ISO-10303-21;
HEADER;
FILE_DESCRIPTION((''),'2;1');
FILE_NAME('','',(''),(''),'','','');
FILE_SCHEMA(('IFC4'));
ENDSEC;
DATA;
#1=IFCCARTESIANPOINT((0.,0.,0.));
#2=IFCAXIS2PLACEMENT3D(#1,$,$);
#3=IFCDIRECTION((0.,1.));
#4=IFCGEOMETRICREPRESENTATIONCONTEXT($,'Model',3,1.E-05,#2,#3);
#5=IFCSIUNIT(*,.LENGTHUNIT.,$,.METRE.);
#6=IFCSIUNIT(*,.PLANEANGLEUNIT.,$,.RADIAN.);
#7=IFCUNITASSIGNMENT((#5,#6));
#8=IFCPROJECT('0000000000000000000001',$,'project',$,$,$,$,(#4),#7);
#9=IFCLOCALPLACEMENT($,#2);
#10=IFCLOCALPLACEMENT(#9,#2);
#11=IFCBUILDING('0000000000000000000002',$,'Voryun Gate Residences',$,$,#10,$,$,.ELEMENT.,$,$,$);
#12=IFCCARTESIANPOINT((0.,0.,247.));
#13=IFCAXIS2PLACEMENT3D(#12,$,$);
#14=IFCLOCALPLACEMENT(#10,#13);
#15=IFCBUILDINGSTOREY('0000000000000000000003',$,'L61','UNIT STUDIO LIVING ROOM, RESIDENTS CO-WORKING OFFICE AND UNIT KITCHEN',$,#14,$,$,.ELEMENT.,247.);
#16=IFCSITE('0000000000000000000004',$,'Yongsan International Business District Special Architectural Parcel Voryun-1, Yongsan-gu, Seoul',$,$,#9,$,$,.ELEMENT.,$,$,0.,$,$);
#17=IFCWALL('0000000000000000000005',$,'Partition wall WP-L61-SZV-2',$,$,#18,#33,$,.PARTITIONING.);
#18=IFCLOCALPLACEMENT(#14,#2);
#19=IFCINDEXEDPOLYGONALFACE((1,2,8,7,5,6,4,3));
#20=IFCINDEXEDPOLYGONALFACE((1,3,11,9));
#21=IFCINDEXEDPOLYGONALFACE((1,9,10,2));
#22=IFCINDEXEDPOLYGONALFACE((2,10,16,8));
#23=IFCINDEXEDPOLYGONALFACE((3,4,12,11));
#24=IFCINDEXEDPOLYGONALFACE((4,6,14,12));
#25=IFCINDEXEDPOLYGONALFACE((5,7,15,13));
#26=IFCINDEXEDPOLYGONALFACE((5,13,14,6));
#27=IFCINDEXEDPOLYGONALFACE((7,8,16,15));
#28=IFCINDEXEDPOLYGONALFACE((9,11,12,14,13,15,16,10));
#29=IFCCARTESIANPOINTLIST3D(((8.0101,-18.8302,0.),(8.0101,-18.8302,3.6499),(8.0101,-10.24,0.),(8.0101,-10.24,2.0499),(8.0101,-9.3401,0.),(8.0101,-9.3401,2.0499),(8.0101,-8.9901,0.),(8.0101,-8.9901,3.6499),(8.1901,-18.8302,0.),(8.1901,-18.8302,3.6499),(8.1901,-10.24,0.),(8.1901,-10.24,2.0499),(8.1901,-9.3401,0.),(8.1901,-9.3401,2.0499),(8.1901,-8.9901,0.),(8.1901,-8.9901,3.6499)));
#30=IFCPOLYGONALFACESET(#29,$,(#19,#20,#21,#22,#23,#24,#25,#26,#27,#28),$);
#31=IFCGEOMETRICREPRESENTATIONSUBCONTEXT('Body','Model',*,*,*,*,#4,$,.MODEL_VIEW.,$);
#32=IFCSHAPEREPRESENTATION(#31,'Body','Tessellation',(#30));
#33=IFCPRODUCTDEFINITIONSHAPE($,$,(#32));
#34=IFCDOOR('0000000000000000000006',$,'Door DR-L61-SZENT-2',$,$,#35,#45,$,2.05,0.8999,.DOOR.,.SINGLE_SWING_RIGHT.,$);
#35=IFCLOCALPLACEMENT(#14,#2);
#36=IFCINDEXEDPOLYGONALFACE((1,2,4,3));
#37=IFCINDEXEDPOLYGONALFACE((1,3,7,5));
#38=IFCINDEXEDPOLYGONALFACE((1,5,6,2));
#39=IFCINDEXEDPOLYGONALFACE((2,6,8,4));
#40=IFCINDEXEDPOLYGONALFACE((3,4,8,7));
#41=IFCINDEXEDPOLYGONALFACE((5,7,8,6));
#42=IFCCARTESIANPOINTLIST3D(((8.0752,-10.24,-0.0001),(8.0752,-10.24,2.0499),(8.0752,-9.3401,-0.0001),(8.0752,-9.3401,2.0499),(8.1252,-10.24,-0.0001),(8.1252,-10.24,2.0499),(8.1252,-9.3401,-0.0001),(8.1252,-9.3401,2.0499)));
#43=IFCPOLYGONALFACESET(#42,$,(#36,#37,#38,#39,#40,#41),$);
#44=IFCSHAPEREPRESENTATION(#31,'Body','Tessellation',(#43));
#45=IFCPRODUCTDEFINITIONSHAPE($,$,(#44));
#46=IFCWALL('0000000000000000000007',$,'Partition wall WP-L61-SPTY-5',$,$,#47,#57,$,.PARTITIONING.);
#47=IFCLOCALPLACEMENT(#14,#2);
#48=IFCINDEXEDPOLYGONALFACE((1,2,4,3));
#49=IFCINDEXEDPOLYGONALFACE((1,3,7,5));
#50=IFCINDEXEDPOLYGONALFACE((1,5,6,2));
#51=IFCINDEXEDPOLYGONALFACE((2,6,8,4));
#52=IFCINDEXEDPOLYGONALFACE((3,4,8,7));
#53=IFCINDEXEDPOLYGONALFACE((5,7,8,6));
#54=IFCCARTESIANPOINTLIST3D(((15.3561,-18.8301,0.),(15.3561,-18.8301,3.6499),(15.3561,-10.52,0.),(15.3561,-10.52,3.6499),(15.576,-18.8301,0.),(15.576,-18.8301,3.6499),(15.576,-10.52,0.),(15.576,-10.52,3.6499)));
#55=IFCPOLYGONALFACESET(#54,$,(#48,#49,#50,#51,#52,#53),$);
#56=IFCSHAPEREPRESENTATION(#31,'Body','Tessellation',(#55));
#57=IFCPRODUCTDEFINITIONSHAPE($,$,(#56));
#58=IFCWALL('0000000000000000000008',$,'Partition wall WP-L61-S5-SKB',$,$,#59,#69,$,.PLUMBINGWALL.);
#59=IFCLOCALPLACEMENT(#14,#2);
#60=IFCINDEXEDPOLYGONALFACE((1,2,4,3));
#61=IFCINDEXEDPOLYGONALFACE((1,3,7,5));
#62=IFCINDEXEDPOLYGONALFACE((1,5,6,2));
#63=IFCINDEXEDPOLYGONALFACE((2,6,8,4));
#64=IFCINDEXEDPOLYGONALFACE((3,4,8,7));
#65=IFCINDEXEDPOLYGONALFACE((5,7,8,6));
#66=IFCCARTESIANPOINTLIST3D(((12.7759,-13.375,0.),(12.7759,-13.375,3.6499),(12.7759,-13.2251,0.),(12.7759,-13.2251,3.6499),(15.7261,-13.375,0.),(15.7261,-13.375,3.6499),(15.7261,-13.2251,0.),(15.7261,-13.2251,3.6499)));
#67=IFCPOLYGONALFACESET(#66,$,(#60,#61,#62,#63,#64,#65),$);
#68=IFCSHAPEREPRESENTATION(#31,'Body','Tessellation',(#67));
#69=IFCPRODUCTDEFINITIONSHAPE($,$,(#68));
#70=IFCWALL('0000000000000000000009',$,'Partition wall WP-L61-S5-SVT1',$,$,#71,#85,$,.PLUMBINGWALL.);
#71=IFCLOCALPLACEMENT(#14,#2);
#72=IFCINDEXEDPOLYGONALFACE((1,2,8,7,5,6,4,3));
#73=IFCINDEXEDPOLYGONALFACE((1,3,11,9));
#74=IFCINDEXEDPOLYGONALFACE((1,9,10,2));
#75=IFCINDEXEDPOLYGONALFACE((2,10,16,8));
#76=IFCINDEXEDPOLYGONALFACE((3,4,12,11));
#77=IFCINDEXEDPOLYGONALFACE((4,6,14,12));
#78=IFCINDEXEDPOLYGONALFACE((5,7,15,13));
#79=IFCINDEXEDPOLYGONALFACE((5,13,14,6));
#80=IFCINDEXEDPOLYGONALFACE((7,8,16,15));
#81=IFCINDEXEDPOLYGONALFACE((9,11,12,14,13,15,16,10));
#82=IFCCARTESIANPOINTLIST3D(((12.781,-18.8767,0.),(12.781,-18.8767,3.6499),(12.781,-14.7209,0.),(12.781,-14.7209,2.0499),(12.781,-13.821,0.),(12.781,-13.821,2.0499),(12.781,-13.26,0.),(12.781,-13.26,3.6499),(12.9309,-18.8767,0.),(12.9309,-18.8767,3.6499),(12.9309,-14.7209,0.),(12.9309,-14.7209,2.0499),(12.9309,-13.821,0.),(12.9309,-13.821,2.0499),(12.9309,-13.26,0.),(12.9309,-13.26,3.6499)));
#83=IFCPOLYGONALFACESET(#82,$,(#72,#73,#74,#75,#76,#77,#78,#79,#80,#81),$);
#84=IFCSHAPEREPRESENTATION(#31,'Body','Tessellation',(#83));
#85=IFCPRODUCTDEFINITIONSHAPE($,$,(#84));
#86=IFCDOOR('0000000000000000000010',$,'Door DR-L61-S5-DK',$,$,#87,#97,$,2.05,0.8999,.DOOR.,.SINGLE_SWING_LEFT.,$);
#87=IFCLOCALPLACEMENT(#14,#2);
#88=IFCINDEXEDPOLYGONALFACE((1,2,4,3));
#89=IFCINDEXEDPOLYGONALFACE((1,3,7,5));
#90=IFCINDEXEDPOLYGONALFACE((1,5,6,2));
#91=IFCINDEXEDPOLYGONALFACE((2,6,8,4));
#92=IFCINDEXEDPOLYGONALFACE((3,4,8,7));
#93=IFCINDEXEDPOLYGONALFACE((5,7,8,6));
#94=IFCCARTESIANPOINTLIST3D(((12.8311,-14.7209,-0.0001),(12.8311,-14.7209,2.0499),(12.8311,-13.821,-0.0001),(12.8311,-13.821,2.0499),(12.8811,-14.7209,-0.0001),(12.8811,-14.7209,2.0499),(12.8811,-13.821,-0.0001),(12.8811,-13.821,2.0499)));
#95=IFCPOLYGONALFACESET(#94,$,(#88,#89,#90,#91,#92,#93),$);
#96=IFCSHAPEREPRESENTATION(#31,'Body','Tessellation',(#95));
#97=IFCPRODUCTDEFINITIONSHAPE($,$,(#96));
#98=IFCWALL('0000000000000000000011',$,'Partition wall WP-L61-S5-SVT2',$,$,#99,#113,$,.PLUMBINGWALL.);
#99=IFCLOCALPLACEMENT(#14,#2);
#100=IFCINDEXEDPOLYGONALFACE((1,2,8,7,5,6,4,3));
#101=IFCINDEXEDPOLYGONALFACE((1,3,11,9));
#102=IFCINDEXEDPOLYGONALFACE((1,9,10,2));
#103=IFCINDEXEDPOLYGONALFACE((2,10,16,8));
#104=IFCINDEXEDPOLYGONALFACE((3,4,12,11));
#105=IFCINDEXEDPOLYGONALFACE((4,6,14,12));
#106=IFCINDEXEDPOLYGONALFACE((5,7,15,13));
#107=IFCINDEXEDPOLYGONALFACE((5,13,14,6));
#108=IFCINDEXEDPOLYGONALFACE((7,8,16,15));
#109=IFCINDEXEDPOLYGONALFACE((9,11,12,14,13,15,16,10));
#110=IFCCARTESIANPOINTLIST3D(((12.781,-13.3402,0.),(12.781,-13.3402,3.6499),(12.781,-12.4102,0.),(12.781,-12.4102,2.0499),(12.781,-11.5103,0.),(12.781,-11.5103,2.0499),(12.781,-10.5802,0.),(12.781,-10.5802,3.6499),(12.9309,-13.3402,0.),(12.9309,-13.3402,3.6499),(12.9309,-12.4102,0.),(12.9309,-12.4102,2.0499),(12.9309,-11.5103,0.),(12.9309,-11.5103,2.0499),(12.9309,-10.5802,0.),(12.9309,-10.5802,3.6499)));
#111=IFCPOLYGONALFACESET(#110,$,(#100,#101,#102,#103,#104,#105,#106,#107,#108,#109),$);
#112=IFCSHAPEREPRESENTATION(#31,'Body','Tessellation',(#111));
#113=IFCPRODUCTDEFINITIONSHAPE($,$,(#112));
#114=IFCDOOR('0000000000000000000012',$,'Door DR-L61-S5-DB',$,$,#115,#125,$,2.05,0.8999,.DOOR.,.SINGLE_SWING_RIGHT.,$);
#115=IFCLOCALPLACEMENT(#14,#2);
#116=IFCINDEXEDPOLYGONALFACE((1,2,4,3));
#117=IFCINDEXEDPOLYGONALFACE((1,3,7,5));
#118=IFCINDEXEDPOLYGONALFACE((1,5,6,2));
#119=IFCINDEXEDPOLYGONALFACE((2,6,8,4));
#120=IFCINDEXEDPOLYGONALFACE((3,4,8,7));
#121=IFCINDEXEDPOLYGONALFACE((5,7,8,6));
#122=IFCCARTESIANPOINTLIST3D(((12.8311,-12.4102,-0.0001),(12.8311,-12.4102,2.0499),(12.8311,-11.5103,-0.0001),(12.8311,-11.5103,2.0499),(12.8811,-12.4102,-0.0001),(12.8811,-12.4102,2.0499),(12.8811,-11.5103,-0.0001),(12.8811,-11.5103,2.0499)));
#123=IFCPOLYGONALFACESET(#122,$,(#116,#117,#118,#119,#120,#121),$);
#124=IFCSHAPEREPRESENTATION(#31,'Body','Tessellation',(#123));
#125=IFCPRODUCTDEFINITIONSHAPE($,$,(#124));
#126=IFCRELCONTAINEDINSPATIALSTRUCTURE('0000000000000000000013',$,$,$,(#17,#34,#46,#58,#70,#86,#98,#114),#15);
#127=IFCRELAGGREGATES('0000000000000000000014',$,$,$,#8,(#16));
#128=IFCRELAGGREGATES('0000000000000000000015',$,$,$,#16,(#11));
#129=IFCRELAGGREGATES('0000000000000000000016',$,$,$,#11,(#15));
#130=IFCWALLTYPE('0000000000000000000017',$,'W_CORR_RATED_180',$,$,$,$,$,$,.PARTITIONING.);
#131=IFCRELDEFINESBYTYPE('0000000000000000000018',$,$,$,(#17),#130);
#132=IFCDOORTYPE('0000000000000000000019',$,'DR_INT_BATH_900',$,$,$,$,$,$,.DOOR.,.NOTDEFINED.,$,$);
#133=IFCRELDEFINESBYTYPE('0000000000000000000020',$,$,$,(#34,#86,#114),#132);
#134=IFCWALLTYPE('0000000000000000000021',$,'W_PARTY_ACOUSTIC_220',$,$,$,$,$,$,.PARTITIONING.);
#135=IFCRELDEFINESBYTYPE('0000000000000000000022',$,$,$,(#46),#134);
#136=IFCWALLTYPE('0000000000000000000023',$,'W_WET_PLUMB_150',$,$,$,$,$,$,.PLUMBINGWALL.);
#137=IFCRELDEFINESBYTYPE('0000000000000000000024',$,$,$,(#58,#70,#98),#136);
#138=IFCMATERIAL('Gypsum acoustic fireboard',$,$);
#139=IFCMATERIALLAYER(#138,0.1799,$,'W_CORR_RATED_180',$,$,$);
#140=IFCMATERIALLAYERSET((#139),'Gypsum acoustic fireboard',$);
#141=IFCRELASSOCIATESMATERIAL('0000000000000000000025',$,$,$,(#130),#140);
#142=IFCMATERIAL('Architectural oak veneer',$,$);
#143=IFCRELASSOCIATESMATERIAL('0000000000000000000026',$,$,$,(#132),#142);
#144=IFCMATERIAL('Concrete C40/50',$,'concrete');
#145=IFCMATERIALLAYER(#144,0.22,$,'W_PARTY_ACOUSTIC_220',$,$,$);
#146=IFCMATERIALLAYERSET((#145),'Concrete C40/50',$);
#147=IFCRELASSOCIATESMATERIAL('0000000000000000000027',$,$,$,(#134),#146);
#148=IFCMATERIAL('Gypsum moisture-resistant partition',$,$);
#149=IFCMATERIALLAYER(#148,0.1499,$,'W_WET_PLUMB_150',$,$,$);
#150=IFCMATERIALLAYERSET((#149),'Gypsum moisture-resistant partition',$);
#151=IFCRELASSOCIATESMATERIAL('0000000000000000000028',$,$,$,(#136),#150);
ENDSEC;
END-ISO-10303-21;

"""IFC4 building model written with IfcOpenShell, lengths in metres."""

from ifc_helpers import new_model, si_unit, direction, frame, frame_2d, origin, place, context, subcontext, project, spatial, rectangle, extrude, material, layer, layer_set, type_object, element, fill, save


model = new_model("IFC4")

# Units and contexts
model_context = context("Model", 3, precision=1e-05, world=origin(), true_north=direction((0.0, 1.0)))
body_context = subcontext(model_context, "Body", "Model", "MODEL_VIEW")
ifc_project = project(units=[si_unit("LENGTHUNIT", "METRE"), si_unit("PLANEANGLEUNIT", "RADIAN")], contexts=[model_context])

# Site, building, storey
site_placement = place(None, origin())
site = spatial("IfcSite", under=ifc_project, at=site_placement, Name="Yongsan International Business District Special Architectural Parcel Voryun-1, Yongsan-gu, Seoul", CompositionType="ELEMENT", RefElevation=0.0)
building_placement = place(site_placement, origin())
building = spatial("IfcBuilding", under=site, at=building_placement, Name="Voryun Gate Residences", CompositionType="ELEMENT")
storey_placement = place(building_placement, frame((0.0, 0.0, 247.0)))
storey = spatial("IfcBuildingStorey", under=building, at=storey_placement, Name="L61", Description="UNIT STUDIO LIVING ROOM, RESIDENTS CO-WORKING OFFICE AND UNIT KITCHEN", CompositionType="ELEMENT", Elevation=247.0)

# Shared definitions
ifc_material_1 = material(Name="Gypsum acoustic fireboard")
ifc_layer_1 = layer(ifc_material_1, 0.1799, Name="W_CORR_RATED_180")
ifc_layer_set_1 = layer_set([ifc_layer_1], Name="Gypsum acoustic fireboard")
wall_type_1 = type_object("IfcWallType", Name="W_CORR_RATED_180", PredefinedType="PARTITIONING", material=ifc_layer_set_1)

# Shared definitions
ifc_material_2 = material(Name="Architectural oak veneer")
door_type_1 = type_object("IfcDoorType", Name="DR_INT_BATH_900", OperationType="NOTDEFINED", PredefinedType="DOOR", material=ifc_material_2)

# Wall, opening, door
wall_1_placement = place(storey_placement, frame((8.1001, -18.8301, 0.0), z_axis=(0.0, 0.0, 1.0), x_axis=(0.0, 1.0, 0.0)))
wall_1 = element("IfcWall", 1, at=wall_1_placement, inside=storey, type_object=wall_type_1, Name="Partition wall WP-L61-SZV-2", PredefinedType="PARTITIONING", context=body_context, shape_type="SweptSolid", body=[
    extrude(rectangle(XDim=9.8401, YDim=0.1799, at=frame_2d((4.9199, 0.0))), origin(), (0.0, 0.0, 1.0), 3.6499),
])
opening_1_placement = place(wall_1_placement, frame((8.5901, 0.0, 0.0)))
opening_1 = element("IfcOpeningElement", 2, at=opening_1_placement, cuts=wall_1, PredefinedType="OPENING", context=body_context, shape_type="SweptSolid", body=[
    extrude(rectangle(XDim=0.8999, YDim=2.05, at=frame_2d((0.45, 1.0249))), frame((0.0, 0.0999, 0.0), z_axis=(0.0, -1.0, 0.0), x_axis=(1.0, 0.0, 0.0)), (0.0, 0.0, 1.0), 0.2),
])
door_1_placement = place(opening_1_placement, origin())
door_1 = element("IfcDoor", 3, at=door_1_placement, inside=storey, type_object=door_type_1, Name="Door DR-L61-SZENT-2", OperationType="SINGLE_SWING_RIGHT", OverallHeight=2.05, OverallWidth=0.8999, PredefinedType="DOOR", context=body_context, shape_type="SweptSolid", body=[
    extrude(rectangle(XDim=0.8999, YDim=2.05, at=frame_2d((0.45, 1.0249))), frame((0.0, 0.0249, 0.0), z_axis=(0.0, -1.0, 0.0), x_axis=(1.0, 0.0, 0.0)), (0.0, 0.0, 1.0), 0.05),
])
fill(opening_1, door_1)

# Walls
ifc_material_3 = material(Name="Concrete C40/50", Category="concrete")
ifc_layer_2 = layer(ifc_material_3, 0.22, Name="W_PARTY_ACOUSTIC_220")
ifc_layer_set_2 = layer_set([ifc_layer_2], Name="Concrete C40/50")
wall_type_2 = type_object("IfcWallType", Name="W_PARTY_ACOUSTIC_220", PredefinedType="PARTITIONING", material=ifc_layer_set_2)
wall_2_placement = place(storey_placement, frame((15.4661, -18.8301, 0.0), z_axis=(0.0, 0.0, 1.0), x_axis=(0.0, 1.0, 0.0)))
element("IfcWall", 4, at=wall_2_placement, inside=storey, type_object=wall_type_2, Name="Partition wall WP-L61-SPTY-5", PredefinedType="PARTITIONING", context=body_context, shape_type="SweptSolid", body=[
    extrude(rectangle(XDim=8.3101, YDim=0.22, at=frame_2d((4.155, 0.0))), origin(), (0.0, 0.0, 1.0), 3.6499),
])
ifc_material_4 = material(Name="Gypsum moisture-resistant partition")
ifc_layer_3 = layer(ifc_material_4, 0.1499, Name="W_WET_PLUMB_150")
ifc_layer_set_3 = layer_set([ifc_layer_3], Name="Gypsum moisture-resistant partition")
wall_type_3 = type_object("IfcWallType", Name="W_WET_PLUMB_150", PredefinedType="PLUMBINGWALL", material=ifc_layer_set_3)
wall_3_placement = place(storey_placement, frame((12.7759, -13.3, 0.0), z_axis=(0.0, 0.0, 1.0), x_axis=(1.0, 0.0, 0.0)))
element("IfcWall", 5, at=wall_3_placement, inside=storey, type_object=wall_type_3, Name="Partition wall WP-L61-S5-SKB", PredefinedType="PLUMBINGWALL", context=body_context, shape_type="SweptSolid", body=[
    extrude(rectangle(XDim=2.9502, YDim=0.1499, at=frame_2d((1.4751, 0.0))), origin(), (0.0, 0.0, 1.0), 3.6499),
])

# Walls, openings, doors
wall_4_placement = place(storey_placement, frame((12.856, -18.8767, 0.0), z_axis=(0.0, 0.0, 1.0), x_axis=(0.0, 1.0, 0.0)))
wall_4 = element("IfcWall", 6, at=wall_4_placement, inside=storey, type_object=wall_type_3, Name="Partition wall WP-L61-S5-SVT1", PredefinedType="PLUMBINGWALL", context=body_context, shape_type="SweptSolid", body=[
    extrude(rectangle(XDim=5.6167, YDim=0.1499, at=frame_2d((2.8083, 0.0))), origin(), (0.0, 0.0, 1.0), 3.6499),
])
opening_2_placement = place(wall_4_placement, frame((4.1558, 0.0, 0.0)))
opening_2 = element("IfcOpeningElement", 7, at=opening_2_placement, cuts=wall_4, PredefinedType="OPENING", context=body_context, shape_type="SweptSolid", body=[
    extrude(rectangle(XDim=0.8999, YDim=2.05, at=frame_2d((0.45, 1.0249))), frame((0.0, 0.085, 0.0), z_axis=(0.0, -1.0, 0.0), x_axis=(1.0, 0.0, 0.0)), (0.0, 0.0, 1.0), 0.1699),
])
door_2_placement = place(opening_2_placement, origin())
door_2 = element("IfcDoor", 8, at=door_2_placement, inside=storey, type_object=door_type_1, Name="Door DR-L61-S5-DK", OperationType="SINGLE_SWING_LEFT", OverallHeight=2.05, OverallWidth=0.8999, PredefinedType="DOOR", context=body_context, shape_type="SweptSolid", body=[
    extrude(rectangle(XDim=0.8999, YDim=2.05, at=frame_2d((0.45, 1.0249))), frame((0.0, 0.0249, 0.0), z_axis=(0.0, -1.0, 0.0), x_axis=(1.0, 0.0, 0.0)), (0.0, 0.0, 1.0), 0.05),
])
fill(opening_2, door_2)
wall_5_placement = place(storey_placement, frame((12.856, -13.3401, 0.0), z_axis=(0.0, 0.0, 1.0), x_axis=(0.0, 1.0, 0.0)))
wall_5 = element("IfcWall", 9, at=wall_5_placement, inside=storey, type_object=wall_type_3, Name="Partition wall WP-L61-S5-SVT2", PredefinedType="PLUMBINGWALL", context=body_context, shape_type="SweptSolid", body=[
    extrude(rectangle(XDim=2.76, YDim=0.1499, at=frame_2d((1.3799, 0.0))), origin(), (0.0, 0.0, 1.0), 3.6499),
])
opening_3_placement = place(wall_5_placement, frame((0.9299, 0.0, 0.0)))
opening_3 = element("IfcOpeningElement", 10, at=opening_3_placement, cuts=wall_5, PredefinedType="OPENING", context=body_context, shape_type="SweptSolid", body=[
    extrude(rectangle(XDim=0.8999, YDim=2.05, at=frame_2d((0.45, 1.0249))), frame((0.0, 0.085, 0.0), z_axis=(0.0, -1.0, 0.0), x_axis=(1.0, 0.0, 0.0)), (0.0, 0.0, 1.0), 0.1699),
])
door_3_placement = place(opening_3_placement, origin())
door_3 = element("IfcDoor", 11, at=door_3_placement, inside=storey, type_object=door_type_1, Name="Door DR-L61-S5-DB", OperationType="SINGLE_SWING_RIGHT", OverallHeight=2.05, OverallWidth=0.8999, PredefinedType="DOOR", context=body_context, shape_type="SweptSolid", body=[
    extrude(rectangle(XDim=0.8999, YDim=2.05, at=frame_2d((0.45, 1.0249))), frame((0.0, 0.0249, 0.0), z_axis=(0.0, -1.0, 0.0), x_axis=(1.0, 0.0, 0.0)), (0.0, 0.0, 1.0), 0.05),
])
fill(opening_3, door_3)

save(model, "model.ifc")
